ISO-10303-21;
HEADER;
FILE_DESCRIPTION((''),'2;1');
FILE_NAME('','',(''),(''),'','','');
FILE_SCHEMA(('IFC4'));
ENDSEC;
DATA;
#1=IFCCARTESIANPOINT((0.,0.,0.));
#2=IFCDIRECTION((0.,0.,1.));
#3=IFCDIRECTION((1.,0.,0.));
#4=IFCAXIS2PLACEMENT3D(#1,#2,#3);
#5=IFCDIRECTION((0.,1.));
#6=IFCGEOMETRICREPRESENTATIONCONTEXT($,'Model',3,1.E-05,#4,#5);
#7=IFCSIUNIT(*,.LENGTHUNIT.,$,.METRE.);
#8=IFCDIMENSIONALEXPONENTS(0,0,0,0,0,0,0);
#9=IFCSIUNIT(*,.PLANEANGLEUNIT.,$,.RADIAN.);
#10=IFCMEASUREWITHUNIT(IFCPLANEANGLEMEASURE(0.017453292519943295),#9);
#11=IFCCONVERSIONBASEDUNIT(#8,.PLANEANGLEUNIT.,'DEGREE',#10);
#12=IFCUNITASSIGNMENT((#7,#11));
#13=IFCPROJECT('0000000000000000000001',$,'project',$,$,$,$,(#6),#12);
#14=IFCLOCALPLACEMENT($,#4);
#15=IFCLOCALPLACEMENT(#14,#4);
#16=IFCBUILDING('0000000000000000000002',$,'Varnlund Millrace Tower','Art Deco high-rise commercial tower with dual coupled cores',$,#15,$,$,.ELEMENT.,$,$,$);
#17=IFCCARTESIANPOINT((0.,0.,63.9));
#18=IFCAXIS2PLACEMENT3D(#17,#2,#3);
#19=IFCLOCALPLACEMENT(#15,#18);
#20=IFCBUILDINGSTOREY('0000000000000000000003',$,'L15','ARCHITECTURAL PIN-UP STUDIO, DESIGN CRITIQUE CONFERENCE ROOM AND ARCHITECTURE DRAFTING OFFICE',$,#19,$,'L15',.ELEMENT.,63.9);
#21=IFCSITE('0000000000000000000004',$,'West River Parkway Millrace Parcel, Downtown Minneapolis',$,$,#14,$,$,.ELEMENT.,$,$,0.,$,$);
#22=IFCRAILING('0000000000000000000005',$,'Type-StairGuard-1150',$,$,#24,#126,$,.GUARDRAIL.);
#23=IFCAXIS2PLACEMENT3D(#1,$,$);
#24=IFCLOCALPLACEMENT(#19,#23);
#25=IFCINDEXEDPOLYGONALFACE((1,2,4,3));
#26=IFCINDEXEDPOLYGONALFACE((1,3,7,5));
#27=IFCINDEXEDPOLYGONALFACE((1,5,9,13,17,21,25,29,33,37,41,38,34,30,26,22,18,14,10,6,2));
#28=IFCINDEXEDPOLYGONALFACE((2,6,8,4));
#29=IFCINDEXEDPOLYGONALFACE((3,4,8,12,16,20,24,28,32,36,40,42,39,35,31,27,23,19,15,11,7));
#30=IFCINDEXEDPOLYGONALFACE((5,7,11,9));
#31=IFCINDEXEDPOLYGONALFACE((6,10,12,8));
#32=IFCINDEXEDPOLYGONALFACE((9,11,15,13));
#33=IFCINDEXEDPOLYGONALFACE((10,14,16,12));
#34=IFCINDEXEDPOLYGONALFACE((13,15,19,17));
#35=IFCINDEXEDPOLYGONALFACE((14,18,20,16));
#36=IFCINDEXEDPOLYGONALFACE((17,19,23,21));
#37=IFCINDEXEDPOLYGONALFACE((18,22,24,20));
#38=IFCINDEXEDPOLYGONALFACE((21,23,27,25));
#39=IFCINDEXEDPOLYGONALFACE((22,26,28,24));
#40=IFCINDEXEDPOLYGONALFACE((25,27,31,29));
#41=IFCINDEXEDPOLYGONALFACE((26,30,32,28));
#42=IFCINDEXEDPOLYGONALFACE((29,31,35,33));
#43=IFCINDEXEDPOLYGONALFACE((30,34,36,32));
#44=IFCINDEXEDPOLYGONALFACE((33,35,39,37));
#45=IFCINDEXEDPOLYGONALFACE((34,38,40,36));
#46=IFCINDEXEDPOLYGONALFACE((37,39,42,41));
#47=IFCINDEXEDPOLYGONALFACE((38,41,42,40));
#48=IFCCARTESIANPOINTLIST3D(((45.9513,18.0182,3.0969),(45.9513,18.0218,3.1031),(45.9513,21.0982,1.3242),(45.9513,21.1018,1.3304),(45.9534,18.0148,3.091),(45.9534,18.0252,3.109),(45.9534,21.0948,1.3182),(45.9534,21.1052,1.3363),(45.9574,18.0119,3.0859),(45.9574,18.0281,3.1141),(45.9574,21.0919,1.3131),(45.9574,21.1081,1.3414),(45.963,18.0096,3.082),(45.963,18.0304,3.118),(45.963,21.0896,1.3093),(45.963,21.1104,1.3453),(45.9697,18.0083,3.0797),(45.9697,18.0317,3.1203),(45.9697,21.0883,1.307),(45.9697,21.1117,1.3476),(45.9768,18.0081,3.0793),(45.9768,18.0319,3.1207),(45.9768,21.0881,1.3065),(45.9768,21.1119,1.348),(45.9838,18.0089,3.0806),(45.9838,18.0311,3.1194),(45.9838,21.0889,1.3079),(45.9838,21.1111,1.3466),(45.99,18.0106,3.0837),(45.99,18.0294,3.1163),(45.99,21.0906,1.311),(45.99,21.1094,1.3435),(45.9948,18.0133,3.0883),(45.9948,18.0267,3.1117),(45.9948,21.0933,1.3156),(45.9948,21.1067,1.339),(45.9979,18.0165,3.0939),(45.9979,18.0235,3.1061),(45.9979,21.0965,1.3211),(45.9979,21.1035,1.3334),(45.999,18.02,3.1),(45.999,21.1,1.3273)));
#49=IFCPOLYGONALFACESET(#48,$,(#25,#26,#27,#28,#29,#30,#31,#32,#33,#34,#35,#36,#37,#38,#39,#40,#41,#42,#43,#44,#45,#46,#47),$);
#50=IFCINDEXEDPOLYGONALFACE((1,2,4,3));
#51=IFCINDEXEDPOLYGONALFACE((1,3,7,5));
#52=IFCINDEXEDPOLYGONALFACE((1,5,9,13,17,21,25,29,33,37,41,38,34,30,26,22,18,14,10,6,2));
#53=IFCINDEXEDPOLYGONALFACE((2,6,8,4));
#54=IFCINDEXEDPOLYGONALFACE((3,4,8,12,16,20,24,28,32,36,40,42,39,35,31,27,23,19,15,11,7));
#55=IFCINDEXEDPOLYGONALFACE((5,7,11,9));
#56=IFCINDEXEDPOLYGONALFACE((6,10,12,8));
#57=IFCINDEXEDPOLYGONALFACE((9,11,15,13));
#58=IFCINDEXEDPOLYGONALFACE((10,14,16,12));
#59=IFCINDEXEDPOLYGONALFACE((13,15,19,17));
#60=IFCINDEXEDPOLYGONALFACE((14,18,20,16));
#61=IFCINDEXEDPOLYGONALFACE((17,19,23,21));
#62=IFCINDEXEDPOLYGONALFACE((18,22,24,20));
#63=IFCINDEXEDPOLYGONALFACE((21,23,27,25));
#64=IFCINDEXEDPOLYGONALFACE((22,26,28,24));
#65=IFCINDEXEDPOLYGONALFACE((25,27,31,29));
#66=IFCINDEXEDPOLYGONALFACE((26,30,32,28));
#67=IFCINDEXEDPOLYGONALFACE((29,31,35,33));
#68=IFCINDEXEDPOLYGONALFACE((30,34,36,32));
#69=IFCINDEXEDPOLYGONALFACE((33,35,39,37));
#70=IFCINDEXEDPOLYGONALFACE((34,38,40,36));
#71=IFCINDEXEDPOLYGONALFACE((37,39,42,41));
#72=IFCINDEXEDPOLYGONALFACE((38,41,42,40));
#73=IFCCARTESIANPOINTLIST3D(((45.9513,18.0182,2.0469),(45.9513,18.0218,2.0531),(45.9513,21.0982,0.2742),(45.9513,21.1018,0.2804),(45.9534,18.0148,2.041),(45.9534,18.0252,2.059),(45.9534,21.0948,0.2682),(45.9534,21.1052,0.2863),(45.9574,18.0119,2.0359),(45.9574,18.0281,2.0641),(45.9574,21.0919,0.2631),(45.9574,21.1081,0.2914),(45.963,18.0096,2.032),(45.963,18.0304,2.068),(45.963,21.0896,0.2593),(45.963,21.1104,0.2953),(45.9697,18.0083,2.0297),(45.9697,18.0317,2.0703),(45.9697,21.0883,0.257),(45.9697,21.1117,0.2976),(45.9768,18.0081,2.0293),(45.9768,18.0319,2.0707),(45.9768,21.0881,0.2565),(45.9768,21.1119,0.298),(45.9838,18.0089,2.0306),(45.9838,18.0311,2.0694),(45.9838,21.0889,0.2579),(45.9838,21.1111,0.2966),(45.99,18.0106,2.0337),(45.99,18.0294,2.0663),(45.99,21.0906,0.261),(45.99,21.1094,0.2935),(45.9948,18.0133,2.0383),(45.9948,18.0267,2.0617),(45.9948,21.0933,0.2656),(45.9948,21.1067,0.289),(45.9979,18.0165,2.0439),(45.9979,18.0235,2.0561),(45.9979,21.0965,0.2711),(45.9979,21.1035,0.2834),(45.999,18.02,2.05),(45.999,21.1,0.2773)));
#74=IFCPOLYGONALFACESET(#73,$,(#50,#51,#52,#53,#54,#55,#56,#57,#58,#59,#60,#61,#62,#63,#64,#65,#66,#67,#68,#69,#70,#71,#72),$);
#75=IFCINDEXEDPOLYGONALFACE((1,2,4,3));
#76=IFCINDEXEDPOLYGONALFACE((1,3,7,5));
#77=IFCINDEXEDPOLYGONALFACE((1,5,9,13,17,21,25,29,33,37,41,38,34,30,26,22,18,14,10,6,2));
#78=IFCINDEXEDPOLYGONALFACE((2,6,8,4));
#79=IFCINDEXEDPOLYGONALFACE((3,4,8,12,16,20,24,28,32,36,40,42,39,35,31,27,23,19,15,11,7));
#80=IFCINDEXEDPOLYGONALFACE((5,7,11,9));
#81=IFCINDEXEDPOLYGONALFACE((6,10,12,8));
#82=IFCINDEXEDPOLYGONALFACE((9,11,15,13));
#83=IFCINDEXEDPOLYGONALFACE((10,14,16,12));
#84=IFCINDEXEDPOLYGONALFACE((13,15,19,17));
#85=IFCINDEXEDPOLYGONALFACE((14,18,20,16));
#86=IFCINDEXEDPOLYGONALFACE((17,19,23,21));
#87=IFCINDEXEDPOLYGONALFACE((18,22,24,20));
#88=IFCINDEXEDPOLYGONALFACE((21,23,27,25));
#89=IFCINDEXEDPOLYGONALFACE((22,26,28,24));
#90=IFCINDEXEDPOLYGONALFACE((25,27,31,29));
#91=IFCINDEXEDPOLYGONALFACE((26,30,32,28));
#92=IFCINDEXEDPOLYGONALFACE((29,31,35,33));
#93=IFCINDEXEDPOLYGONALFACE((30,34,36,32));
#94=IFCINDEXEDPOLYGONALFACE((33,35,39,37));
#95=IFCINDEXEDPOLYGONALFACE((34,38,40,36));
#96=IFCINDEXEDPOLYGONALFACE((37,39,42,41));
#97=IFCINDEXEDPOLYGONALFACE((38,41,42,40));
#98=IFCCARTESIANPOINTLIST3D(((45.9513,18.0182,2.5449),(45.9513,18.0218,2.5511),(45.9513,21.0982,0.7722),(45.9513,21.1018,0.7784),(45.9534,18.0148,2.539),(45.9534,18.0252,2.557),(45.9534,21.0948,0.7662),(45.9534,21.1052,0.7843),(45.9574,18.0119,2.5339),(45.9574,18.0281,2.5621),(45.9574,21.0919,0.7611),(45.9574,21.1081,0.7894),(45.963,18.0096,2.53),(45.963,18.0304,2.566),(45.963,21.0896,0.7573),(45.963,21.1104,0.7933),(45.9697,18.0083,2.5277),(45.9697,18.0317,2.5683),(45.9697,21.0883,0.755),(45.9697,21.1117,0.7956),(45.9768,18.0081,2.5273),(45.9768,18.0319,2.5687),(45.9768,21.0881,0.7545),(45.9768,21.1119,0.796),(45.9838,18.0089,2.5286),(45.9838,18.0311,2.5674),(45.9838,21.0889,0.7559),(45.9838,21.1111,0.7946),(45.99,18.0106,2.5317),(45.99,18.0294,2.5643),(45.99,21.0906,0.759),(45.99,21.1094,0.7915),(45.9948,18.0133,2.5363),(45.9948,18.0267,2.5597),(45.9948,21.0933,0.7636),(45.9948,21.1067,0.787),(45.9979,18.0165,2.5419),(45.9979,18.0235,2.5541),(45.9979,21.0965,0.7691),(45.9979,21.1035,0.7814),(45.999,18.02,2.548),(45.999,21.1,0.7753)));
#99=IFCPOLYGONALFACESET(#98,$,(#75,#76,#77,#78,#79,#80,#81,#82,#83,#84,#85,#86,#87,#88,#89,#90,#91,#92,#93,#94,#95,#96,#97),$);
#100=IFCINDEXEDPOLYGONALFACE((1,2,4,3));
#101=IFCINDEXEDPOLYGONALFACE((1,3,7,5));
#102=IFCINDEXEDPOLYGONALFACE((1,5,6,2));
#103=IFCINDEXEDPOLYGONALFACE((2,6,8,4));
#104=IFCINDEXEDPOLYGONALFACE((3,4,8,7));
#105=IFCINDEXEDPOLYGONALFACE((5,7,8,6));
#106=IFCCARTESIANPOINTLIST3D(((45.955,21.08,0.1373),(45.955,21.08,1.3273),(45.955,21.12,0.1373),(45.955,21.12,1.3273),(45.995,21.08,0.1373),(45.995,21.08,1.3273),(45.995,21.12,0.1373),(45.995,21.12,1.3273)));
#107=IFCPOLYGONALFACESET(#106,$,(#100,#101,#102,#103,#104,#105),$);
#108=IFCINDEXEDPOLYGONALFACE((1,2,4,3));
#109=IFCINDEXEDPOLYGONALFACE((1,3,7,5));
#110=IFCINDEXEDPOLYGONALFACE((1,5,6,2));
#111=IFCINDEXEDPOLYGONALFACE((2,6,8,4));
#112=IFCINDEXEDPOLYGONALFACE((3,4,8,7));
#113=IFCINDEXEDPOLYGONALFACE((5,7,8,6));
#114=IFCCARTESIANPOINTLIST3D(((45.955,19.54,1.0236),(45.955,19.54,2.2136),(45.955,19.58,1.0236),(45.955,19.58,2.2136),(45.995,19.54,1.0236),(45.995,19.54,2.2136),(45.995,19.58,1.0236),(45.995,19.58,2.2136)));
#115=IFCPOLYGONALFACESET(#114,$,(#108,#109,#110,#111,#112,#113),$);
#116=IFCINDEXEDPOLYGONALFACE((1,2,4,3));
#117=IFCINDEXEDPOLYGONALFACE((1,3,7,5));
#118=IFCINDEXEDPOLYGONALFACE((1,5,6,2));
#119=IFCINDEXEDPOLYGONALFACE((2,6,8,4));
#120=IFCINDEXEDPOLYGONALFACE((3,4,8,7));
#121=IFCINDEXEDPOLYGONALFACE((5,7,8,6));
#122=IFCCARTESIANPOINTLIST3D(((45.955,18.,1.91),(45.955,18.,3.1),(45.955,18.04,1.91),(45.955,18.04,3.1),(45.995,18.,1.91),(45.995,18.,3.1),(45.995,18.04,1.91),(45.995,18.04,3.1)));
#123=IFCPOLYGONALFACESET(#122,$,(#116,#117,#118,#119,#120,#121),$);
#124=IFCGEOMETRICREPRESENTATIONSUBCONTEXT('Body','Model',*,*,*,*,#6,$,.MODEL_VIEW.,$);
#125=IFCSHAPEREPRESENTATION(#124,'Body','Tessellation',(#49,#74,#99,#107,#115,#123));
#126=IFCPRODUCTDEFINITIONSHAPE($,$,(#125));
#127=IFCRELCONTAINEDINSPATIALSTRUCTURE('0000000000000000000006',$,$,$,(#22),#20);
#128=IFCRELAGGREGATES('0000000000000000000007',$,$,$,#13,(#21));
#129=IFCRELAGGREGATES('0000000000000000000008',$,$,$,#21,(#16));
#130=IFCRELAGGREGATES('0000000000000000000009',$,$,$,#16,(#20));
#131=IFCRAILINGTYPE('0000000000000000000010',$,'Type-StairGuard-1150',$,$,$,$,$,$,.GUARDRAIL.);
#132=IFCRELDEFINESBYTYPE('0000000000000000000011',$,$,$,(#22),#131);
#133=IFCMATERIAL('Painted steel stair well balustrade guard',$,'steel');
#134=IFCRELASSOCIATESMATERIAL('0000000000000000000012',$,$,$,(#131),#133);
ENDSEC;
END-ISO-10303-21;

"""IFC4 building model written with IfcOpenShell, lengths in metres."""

from ifc_helpers import new_model, entity, si_unit, converted_unit, direction, frame, origin_with_axes, origin_2d_with_axis, place, context, subcontext, project, spatial, rectangle, circle, extrude, material, type_object, element, save


model = new_model("IFC4")

# Units and contexts
model_context = context("Model", 3, precision=1e-05, world=origin_with_axes(), true_north=direction((0.0, 1.0)))
body_context = subcontext(model_context, "Body", "Model", "MODEL_VIEW")
ifc_project = project(units=[si_unit("LENGTHUNIT", "METRE"), converted_unit("PLANEANGLEUNIT", "DEGREE", entity("IfcPlaneAngleMeasure", 0.017453292519943295), si_unit("PLANEANGLEUNIT", "RADIAN"), dimensions=[0, 0, 0, 0, 0, 0, 0])], contexts=[model_context])

# Site, building, storey
site_placement = place(None, origin_with_axes())
site = spatial("IfcSite", under=ifc_project, at=site_placement, Name="West River Parkway Millrace Parcel, Downtown Minneapolis", CompositionType="ELEMENT", RefElevation=0.0)
building_placement = place(site_placement, origin_with_axes())
building = spatial("IfcBuilding", under=site, at=building_placement, Name="Varnlund Millrace Tower", Description="Art Deco high-rise commercial tower with dual coupled cores", CompositionType="ELEMENT")
storey_placement = place(building_placement, frame((0.0, 0.0, 63.9), z_axis=(0.0, 0.0, 1.0), x_axis=(1.0, 0.0, 0.0)))
storey = spatial("IfcBuildingStorey", under=building, at=storey_placement, Name="L15", Description="ARCHITECTURAL PIN-UP STUDIO, DESIGN CRITIQUE CONFERENCE ROOM AND ARCHITECTURE DRAFTING OFFICE", LongName="L15", CompositionType="ELEMENT", Elevation=63.9)

# Railing
ifc_material_1 = material(Name="Painted steel stair well balustrade guard", Category="steel")
railing_type_1 = type_object("IfcRailingType", Name="Type-StairGuard-1150", PredefinedType="GUARDRAIL", material=ifc_material_1)
railing_1_placement = place(storey_placement, frame((0.0, 0.0, -63.9), z_axis=(0.0, 0.0, 1.0), x_axis=(1.0, 0.0, 0.0)))
element("IfcRailing", 1, at=railing_1_placement, inside=storey, type_object=railing_type_1, Name="Type-StairGuard-1150", PredefinedType="GUARDRAIL", context=body_context, shape_type="SweptSolid", body=[
    extrude(circle(Radius=0.024, at=origin_2d_with_axis()), frame((45.975, 21.1, 65.2273), z_axis=(0.0, -0.866696, 0.498836), x_axis=(1.0, 0.0, 0.0)), (0.0, 0.0, 1.0), 3.5537),
    extrude(circle(Radius=0.024, at=origin_2d_with_axis()), frame((45.975, 21.1, 64.1773), z_axis=(0.0, -0.866696, 0.498836), x_axis=(1.0, 0.0, 0.0)), (0.0, 0.0, 1.0), 3.5537),
    extrude(circle(Radius=0.024, at=origin_2d_with_axis()), frame((45.975, 21.1, 64.6753), z_axis=(0.0, -0.866696, 0.498836), x_axis=(1.0, 0.0, 0.0)), (0.0, 0.0, 1.0), 3.5537),
    extrude(rectangle(XDim=0.04, YDim=0.04, at=origin_2d_with_axis()), frame((45.975, 21.1, 64.0373), z_axis=(0.0, 0.0, 1.0), x_axis=(1.0, 0.0, 0.0)), (0.0, 0.0, 1.0), 1.19),
    extrude(rectangle(XDim=0.04, YDim=0.04, at=origin_2d_with_axis()), frame((45.975, 19.56, 64.9236), z_axis=(0.0, 0.0, 1.0), x_axis=(1.0, 0.0, 0.0)), (0.0, 0.0, 1.0), 1.19),
    extrude(rectangle(XDim=0.04, YDim=0.04, at=origin_2d_with_axis()), frame((45.975, 18.02, 65.81), z_axis=(0.0, 0.0, 1.0), x_axis=(1.0, 0.0, 0.0)), (0.0, 0.0, 1.0), 1.19),
])

save(model, "model.ifc")
